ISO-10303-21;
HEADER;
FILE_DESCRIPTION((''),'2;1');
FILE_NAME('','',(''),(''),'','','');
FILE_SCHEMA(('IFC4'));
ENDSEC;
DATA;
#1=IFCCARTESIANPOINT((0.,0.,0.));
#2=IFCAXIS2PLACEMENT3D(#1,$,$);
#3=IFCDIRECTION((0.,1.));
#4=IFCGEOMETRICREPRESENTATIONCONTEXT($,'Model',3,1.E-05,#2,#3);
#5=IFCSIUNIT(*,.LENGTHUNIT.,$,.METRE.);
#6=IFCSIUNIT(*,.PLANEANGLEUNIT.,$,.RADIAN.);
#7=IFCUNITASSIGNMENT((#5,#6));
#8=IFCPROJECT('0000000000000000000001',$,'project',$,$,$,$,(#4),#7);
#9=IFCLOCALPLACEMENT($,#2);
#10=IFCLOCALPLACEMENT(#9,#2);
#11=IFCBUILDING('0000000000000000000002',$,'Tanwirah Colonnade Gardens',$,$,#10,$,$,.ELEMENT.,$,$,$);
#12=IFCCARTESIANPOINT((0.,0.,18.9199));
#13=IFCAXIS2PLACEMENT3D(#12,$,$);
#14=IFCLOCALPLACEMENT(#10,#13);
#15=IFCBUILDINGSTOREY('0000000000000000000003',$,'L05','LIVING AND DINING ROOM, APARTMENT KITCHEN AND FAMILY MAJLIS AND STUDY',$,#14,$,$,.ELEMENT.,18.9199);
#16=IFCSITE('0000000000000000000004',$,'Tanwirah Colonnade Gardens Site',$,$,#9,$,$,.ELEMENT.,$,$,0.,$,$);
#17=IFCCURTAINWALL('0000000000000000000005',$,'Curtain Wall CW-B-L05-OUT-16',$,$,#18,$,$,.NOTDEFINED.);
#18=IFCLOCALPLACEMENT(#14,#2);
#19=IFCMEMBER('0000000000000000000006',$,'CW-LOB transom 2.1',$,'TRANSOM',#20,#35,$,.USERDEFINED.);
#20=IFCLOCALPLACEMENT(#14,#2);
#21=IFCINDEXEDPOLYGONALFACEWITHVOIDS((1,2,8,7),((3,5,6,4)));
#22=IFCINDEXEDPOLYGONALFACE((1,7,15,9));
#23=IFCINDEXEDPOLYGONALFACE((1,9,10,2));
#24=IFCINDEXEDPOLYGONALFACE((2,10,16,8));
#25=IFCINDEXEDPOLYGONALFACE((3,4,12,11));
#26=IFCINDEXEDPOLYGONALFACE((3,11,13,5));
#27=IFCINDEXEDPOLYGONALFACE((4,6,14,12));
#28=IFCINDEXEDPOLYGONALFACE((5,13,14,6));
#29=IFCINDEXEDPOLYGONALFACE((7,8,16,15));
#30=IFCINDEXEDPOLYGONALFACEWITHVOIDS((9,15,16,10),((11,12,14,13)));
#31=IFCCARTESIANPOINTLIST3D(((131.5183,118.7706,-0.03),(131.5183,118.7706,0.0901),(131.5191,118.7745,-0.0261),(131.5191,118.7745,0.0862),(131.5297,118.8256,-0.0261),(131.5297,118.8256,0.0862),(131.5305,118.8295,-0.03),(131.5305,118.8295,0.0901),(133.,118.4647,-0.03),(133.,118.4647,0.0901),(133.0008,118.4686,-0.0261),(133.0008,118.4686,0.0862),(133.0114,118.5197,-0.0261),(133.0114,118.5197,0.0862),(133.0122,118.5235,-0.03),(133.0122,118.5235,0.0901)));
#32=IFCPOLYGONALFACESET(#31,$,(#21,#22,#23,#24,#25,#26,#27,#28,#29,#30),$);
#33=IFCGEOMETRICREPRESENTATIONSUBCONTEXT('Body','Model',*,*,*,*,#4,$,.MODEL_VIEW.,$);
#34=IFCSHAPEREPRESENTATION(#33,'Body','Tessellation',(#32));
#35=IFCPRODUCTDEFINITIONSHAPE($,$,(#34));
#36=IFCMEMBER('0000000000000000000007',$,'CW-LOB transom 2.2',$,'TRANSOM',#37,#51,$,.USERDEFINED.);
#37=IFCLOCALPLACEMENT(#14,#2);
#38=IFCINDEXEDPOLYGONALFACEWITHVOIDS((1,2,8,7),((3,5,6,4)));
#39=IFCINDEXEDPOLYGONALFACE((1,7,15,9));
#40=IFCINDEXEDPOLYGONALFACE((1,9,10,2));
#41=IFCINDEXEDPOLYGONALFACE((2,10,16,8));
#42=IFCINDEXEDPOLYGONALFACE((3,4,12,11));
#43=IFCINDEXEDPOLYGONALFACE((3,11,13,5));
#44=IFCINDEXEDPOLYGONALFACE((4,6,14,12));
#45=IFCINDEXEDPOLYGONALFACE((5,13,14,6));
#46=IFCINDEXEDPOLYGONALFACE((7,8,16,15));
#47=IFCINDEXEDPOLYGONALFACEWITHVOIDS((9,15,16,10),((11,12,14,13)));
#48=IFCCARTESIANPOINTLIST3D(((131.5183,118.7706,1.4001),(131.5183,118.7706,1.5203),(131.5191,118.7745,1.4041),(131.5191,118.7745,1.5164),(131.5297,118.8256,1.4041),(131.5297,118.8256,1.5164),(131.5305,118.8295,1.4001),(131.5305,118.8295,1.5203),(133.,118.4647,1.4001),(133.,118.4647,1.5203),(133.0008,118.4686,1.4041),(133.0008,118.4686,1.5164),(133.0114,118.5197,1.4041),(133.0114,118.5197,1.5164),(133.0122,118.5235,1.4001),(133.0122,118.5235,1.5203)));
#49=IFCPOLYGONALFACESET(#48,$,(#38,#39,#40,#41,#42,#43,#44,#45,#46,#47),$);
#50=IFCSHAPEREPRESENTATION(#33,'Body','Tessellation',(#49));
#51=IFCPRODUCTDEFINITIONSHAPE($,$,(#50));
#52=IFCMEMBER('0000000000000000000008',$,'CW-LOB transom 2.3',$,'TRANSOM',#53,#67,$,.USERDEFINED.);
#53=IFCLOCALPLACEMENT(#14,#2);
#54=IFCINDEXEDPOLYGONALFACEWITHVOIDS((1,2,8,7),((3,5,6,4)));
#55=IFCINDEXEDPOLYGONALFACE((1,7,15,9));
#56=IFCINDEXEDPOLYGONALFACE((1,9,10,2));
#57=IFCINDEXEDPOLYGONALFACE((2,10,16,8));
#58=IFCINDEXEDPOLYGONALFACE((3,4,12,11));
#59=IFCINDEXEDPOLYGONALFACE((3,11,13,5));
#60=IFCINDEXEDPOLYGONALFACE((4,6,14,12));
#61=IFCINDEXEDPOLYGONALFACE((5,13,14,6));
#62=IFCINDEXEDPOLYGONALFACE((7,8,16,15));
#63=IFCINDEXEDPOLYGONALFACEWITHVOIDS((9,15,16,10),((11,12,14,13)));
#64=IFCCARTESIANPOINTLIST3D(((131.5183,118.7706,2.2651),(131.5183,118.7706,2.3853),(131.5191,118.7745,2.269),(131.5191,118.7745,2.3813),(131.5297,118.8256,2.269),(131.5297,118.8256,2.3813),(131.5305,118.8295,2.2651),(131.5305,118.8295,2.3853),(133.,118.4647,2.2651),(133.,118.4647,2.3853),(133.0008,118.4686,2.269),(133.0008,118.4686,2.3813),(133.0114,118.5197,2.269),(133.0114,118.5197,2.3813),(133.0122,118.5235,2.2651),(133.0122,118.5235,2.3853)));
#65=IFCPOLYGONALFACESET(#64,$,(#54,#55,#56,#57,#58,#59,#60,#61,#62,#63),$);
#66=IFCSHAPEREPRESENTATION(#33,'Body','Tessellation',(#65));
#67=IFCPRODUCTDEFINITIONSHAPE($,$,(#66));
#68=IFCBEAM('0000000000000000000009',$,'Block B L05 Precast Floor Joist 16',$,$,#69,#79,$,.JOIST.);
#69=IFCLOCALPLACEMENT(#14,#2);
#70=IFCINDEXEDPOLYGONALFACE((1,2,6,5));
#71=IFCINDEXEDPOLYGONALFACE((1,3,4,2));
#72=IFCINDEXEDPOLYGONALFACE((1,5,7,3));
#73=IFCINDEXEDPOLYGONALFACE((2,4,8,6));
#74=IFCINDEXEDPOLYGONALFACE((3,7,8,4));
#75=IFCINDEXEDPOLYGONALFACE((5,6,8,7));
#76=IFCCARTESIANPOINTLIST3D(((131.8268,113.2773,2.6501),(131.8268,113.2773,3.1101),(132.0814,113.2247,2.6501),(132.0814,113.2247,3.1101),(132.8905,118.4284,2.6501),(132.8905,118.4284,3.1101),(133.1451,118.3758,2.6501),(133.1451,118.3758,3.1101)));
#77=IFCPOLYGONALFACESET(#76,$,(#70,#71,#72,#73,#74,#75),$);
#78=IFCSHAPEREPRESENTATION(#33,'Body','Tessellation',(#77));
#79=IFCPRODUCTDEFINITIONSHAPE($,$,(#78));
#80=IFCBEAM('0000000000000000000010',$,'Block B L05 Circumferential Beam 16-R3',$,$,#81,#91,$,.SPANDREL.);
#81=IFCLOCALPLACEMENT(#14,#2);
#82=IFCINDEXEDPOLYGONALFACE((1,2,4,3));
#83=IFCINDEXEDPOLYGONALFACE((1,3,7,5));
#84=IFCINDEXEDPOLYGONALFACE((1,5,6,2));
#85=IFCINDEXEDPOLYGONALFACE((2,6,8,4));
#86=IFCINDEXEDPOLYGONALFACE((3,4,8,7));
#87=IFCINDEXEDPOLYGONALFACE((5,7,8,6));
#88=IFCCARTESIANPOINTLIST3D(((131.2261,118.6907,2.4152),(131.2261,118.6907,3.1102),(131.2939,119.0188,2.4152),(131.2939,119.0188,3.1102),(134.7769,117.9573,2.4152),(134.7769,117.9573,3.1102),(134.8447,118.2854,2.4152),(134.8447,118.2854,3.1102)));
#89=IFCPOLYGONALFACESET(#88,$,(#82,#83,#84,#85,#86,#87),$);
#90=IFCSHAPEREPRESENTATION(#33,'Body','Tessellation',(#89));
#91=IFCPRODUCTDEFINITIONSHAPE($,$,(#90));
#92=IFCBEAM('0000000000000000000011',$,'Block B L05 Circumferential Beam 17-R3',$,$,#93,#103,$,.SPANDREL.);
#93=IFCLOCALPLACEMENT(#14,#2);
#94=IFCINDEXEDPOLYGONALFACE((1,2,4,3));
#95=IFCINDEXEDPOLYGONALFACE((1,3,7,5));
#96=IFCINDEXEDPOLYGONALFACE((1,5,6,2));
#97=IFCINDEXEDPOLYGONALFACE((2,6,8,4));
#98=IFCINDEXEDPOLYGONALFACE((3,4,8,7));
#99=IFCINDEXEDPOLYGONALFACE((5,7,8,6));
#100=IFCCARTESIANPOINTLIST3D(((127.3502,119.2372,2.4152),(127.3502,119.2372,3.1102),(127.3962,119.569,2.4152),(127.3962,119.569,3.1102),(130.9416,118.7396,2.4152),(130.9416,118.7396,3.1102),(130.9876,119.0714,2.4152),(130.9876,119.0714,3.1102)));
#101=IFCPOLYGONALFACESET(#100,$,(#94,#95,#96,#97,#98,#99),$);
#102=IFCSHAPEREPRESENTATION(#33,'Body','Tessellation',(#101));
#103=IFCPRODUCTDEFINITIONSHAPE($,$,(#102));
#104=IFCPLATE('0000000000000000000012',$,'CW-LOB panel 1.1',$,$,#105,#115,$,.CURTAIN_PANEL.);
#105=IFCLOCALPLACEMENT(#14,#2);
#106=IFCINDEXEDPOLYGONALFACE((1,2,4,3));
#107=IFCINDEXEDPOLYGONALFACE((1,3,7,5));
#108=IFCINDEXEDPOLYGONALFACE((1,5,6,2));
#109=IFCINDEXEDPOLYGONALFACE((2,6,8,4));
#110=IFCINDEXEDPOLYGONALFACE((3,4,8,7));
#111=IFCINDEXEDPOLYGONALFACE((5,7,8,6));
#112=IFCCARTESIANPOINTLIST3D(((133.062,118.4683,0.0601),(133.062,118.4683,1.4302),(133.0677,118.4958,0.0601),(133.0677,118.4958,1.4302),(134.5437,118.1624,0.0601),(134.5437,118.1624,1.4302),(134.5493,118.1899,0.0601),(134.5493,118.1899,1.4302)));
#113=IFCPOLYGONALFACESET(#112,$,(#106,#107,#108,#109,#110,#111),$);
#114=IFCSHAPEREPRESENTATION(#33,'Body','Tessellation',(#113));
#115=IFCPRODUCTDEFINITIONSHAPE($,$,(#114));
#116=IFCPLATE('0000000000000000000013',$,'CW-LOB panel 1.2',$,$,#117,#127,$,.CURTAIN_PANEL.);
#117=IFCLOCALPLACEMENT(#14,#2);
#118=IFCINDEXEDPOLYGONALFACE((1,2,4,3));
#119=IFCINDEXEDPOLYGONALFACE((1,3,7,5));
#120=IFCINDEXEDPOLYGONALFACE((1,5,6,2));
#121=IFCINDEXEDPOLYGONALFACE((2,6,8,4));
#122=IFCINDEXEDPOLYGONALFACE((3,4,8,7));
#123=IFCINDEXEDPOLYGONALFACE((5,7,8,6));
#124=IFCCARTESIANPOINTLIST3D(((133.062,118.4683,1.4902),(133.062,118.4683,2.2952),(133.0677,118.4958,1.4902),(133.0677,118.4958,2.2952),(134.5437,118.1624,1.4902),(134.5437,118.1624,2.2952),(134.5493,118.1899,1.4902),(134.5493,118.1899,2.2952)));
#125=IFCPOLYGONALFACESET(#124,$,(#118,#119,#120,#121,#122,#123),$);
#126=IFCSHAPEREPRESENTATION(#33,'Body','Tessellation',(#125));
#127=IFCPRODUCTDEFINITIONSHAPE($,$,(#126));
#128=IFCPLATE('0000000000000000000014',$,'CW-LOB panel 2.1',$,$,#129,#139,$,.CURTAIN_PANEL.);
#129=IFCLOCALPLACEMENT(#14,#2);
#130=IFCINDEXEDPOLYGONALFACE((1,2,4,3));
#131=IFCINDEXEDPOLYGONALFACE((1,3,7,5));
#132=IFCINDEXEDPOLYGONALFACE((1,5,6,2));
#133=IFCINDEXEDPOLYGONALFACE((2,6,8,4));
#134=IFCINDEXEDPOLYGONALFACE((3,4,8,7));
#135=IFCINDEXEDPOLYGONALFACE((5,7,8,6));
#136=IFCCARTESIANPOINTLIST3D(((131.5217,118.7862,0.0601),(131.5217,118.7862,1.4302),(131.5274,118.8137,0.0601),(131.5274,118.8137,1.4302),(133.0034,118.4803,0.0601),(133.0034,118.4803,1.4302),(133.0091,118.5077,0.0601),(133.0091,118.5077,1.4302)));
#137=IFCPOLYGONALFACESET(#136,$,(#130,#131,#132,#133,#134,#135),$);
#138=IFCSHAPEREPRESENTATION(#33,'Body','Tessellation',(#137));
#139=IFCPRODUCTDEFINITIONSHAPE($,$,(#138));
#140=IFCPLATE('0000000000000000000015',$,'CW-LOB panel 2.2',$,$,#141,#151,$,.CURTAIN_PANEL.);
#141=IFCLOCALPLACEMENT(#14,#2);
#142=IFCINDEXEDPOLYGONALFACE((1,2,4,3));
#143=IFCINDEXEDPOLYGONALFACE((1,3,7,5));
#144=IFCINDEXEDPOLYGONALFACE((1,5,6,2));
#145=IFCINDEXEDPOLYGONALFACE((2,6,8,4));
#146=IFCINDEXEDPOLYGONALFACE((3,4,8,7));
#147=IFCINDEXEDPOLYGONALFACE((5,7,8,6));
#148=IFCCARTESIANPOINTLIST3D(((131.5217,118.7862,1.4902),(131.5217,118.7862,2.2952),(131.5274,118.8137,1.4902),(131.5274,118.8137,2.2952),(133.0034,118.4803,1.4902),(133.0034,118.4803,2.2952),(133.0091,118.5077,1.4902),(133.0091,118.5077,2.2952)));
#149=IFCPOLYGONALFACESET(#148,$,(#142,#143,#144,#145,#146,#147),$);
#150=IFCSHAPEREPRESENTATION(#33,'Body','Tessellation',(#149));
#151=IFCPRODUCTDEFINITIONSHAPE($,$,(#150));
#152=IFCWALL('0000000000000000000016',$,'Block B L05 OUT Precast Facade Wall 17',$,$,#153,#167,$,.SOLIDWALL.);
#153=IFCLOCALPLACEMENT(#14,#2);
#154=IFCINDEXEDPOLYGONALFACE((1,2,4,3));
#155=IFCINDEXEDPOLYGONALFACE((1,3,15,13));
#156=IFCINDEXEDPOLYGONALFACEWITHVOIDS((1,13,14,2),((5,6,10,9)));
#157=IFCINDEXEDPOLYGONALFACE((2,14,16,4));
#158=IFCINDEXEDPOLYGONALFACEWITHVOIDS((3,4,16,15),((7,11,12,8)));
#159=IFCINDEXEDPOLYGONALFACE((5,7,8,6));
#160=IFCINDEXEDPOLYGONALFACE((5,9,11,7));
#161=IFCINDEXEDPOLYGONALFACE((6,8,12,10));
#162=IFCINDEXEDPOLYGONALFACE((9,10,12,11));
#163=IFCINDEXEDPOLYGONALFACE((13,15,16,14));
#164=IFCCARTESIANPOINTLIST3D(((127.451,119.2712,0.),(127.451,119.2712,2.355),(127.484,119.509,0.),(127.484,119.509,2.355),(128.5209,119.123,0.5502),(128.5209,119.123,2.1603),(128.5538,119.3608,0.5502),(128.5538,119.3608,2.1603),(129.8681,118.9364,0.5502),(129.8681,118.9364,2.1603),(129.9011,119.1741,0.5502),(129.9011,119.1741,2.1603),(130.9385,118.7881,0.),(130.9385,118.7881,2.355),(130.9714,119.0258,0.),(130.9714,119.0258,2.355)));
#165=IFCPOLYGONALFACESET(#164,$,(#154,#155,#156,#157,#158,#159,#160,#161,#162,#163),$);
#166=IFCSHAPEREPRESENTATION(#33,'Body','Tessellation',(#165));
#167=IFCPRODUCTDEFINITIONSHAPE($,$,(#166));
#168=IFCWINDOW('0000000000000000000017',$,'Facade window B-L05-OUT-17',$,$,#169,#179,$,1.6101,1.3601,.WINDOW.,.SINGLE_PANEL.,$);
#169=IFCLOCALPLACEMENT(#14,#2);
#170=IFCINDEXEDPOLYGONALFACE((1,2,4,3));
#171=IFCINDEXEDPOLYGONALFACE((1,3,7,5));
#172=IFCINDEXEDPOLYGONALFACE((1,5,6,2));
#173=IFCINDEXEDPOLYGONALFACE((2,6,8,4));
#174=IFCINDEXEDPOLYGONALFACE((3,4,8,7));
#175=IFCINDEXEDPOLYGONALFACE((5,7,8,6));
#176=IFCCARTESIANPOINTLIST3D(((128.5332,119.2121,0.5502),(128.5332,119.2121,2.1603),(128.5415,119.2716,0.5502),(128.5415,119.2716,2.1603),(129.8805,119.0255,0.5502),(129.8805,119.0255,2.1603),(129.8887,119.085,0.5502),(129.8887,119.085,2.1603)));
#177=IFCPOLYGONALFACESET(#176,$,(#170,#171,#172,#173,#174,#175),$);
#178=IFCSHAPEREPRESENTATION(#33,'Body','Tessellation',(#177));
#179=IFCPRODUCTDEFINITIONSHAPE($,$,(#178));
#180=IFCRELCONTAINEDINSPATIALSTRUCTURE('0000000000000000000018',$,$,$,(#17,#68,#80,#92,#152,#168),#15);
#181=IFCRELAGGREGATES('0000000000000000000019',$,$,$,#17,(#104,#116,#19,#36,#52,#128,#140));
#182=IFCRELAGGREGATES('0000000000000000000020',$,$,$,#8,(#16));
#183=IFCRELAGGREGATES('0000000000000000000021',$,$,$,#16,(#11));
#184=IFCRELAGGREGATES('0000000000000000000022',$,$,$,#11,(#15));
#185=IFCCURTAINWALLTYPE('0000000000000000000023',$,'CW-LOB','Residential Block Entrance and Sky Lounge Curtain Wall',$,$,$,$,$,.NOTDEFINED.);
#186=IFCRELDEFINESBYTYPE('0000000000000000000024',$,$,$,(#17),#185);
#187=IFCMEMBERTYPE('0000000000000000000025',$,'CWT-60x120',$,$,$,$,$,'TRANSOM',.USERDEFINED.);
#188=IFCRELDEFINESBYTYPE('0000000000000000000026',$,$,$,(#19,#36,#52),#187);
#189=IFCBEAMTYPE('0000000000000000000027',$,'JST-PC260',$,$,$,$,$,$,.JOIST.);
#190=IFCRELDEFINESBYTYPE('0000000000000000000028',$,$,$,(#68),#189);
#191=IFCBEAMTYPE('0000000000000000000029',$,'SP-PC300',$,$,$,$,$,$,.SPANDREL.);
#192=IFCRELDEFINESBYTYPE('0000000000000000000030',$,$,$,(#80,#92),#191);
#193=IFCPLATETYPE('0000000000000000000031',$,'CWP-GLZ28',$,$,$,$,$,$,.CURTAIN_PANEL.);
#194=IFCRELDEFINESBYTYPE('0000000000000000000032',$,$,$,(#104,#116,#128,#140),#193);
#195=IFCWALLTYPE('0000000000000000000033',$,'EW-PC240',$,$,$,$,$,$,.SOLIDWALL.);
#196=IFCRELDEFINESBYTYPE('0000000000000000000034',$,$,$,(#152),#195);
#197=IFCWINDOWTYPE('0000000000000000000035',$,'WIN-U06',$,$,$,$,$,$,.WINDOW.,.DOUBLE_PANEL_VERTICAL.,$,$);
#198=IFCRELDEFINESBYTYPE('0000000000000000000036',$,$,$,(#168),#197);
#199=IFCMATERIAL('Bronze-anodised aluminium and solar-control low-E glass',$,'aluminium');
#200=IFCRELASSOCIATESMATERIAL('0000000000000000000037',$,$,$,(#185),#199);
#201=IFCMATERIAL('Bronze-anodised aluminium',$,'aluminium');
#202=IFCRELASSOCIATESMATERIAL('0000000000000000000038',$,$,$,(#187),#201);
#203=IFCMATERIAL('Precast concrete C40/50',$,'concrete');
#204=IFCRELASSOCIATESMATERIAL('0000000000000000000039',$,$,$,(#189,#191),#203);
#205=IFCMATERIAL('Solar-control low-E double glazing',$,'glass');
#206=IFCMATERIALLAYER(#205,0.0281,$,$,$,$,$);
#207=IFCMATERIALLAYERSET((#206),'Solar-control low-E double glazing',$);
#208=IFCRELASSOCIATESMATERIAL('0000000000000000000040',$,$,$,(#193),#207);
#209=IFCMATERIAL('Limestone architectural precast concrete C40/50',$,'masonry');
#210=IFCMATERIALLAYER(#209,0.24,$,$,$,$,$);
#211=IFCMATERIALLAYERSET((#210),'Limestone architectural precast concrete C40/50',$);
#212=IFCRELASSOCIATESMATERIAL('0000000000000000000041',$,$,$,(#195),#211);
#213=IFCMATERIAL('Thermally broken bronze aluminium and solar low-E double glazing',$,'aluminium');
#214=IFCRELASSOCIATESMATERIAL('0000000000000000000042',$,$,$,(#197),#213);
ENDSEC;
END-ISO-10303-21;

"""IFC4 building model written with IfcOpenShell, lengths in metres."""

from ifc_helpers import new_model, si_unit, direction, frame, frame_2d, origin, origin_2d, place, context, subcontext, project, spatial, rectangle, hollow_rectangle, extrude, material, layer, layer_set, material_profile, profile_set, type_object, element, fill, aggregate, save


model = new_model("IFC4")

# Units and contexts
model_context = context("Model", 3, precision=1e-05, world=origin(), true_north=direction((0.0, 1.0)))
body_context = subcontext(model_context, "Body", "Model", "MODEL_VIEW")
ifc_project = project(units=[si_unit("LENGTHUNIT", "METRE"), si_unit("PLANEANGLEUNIT", "RADIAN")], contexts=[model_context])

# Site, building, storey
site_placement = place(None, origin())
site = spatial("IfcSite", under=ifc_project, at=site_placement, Name="Tanwirah Colonnade Gardens Site", CompositionType="ELEMENT", RefElevation=0.0)
building_placement = place(site_placement, origin())
building = spatial("IfcBuilding", under=site, at=building_placement, Name="Tanwirah Colonnade Gardens", CompositionType="ELEMENT")
storey_placement = place(building_placement, frame((0.0, 0.0, 18.9199)))
storey = spatial("IfcBuildingStorey", under=building, at=storey_placement, Name="L05", Description="LIVING AND DINING ROOM, APARTMENT KITCHEN AND FAMILY MAJLIS AND STUDY", CompositionType="ELEMENT", Elevation=18.9199)

# Shared definitions
ifc_material_1 = material(Name="Precast concrete C40/50", Category="concrete")

# Curtain wall, members
ifc_material_2 = material(Name="Bronze-anodised aluminium and solar-control low-E glass", Category="aluminium")
curtain_wall_type = type_object("IfcCurtainWallType", Name="CW-LOB", Description="Residential Block Entrance and Sky Lounge Curtain Wall", PredefinedType="NOTDEFINED", material=ifc_material_2)
curtain_wall_placement = place(storey_placement, origin())
curtain_wall = element("IfcCurtainWall", 1, at=curtain_wall_placement, inside=storey, type_object=curtain_wall_type, Name="Curtain Wall CW-B-L05-OUT-16", PredefinedType="NOTDEFINED")
ifc_material_3 = material(Name="Bronze-anodised aluminium", Category="aluminium")
ifc_material_profile_1 = material_profile(ifc_material_3, hollow_rectangle(XDim=0.0601, YDim=0.1201, WallThickness=0.0039, at=origin_2d()), Name="CW-TRN 60x120x4")
ifc_profile_set_1 = profile_set([ifc_material_profile_1], Name="Bronze-anodised aluminium")
member_type_1 = type_object("IfcMemberType", Name="CWT-60x120", ElementType="TRANSOM", PredefinedType="USERDEFINED", material=ifc_profile_set_1)
member_1_placement = place(storey_placement, frame((133.0061, 118.4941, 0.03), z_axis=(-0.979345, 0.202195, 0.0), x_axis=(-0.202195, -0.979345, 0.0)))
member_1 = element("IfcMember", 2, at=member_1_placement, type_object=member_type_1, Name="CW-LOB transom 2.1", ObjectType="TRANSOM", PredefinedType="USERDEFINED", context=body_context, shape_type="SweptSolid", body=[
    extrude(hollow_rectangle(XDim=0.0601, YDim=0.1201, WallThickness=0.0039, at=origin_2d()), origin(), (0.0, 0.0, 1.0), 1.5129),
])
member_2_placement = place(storey_placement, frame((133.0061, 118.4941, 1.4602), z_axis=(-0.979345, 0.202195, 0.0), x_axis=(-0.202195, -0.979345, 0.0)))
member_2 = element("IfcMember", 3, at=member_2_placement, type_object=member_type_1, Name="CW-LOB transom 2.2", ObjectType="TRANSOM", PredefinedType="USERDEFINED", context=body_context, shape_type="SweptSolid", body=[
    extrude(hollow_rectangle(XDim=0.0601, YDim=0.1201, WallThickness=0.0039, at=origin_2d()), origin(), (0.0, 0.0, 1.0), 1.5129),
])
member_3_placement = place(storey_placement, frame((133.0061, 118.4941, 2.3252), z_axis=(-0.979345, 0.202195, 0.0), x_axis=(-0.202195, -0.979345, 0.0)))
member_3 = element("IfcMember", 4, at=member_3_placement, type_object=member_type_1, Name="CW-LOB transom 2.3", ObjectType="TRANSOM", PredefinedType="USERDEFINED", context=body_context, shape_type="SweptSolid", body=[
    extrude(hollow_rectangle(XDim=0.0601, YDim=0.1201, WallThickness=0.0039, at=origin_2d()), origin(), (0.0, 0.0, 1.0), 1.5129),
])

# Beams
ifc_material_profile_2 = material_profile(ifc_material_1, rectangle(XDim=0.26, YDim=0.46, at=origin_2d()), Name="PC-JST 260x460")
ifc_profile_set_2 = profile_set([ifc_material_profile_2], Name="Precast concrete C40/50")
beam_type_1 = type_object("IfcBeamType", Name="JST-PC260", PredefinedType="JOIST", material=ifc_profile_set_2)
beam_1_placement = place(storey_placement, frame((131.9541, 113.251, 2.8801), z_axis=(0.202236, 0.979337, 0.0), x_axis=(-0.979337, 0.202236, 0.0)))
element("IfcBeam", 5, at=beam_1_placement, inside=storey, type_object=beam_type_1, Name="Block B L05 Precast Floor Joist 16", PredefinedType="JOIST", context=body_context, shape_type="SweptSolid", body=[
    extrude(rectangle(XDim=0.26, YDim=0.46, at=origin_2d()), origin(), (0.0, 0.0, 1.0), 5.2598),
])
ifc_material_profile_3 = material_profile(ifc_material_1, rectangle(XDim=0.335, YDim=0.6951, at=origin_2d()), Name="PC-SP 335x695")
ifc_profile_set_3 = profile_set([ifc_material_profile_3], Name="Precast concrete C40/50")
beam_type_2 = type_object("IfcBeamType", Name="SP-PC300", PredefinedType="SPANDREL", material=ifc_profile_set_3)
for number, where, z_axis, x_axis, name in (
    (6, (134.8108, 118.1213, 2.7627), (-0.979329, 0.202276, 0.0), (-0.202276, -0.979329, 0.0), "Block B L05 Circumferential Beam 16-R3"),
    (7, (130.9646, 118.9055, 2.7627), (-0.990539, 0.137234, 0.0), (-0.137234, -0.990539, 0.0), "Block B L05 Circumferential Beam 17-R3"),
):
    element("IfcBeam", number, at=place(storey_placement, frame(where, z_axis=z_axis, x_axis=x_axis)), inside=storey, type_object=beam_type_2, Name=name, PredefinedType="SPANDREL", context=body_context, shape_type="SweptSolid", body=[
        extrude(rectangle(XDim=0.335, YDim=0.6951, at=origin_2d()), origin(), (0.0, 0.0, 1.0), 3.6257),
    ])

# Plates
ifc_material_4 = material(Name="Solar-control low-E double glazing", Category="glass")
ifc_layer_1 = layer(ifc_material_4, 0.0281)
ifc_layer_set_1 = layer_set([ifc_layer_1], Name="Solar-control low-E double glazing")
plate_type = type_object("IfcPlateType", Name="CWP-GLZ28", PredefinedType="CURTAIN_PANEL", material=ifc_layer_set_1)
plate_1_placement = place(storey_placement, frame((133.8057, 118.3291, 0.0601), z_axis=(0.0, 0.0, 1.0), x_axis=(-0.979341, 0.202218, 0.0)))
plate_1 = element("IfcPlate", 8, at=plate_1_placement, type_object=plate_type, Name="CW-LOB panel 1.1", PredefinedType="CURTAIN_PANEL", context=body_context, shape_type="SweptSolid", body=[
    extrude(rectangle(XDim=1.5129, YDim=0.0281, at=origin_2d()), origin(), (0.0, 0.0, 1.0), 1.3701),
])
plate_2_placement = place(storey_placement, frame((133.8057, 118.3291, 1.4902), z_axis=(0.0, 0.0, 1.0), x_axis=(-0.979341, 0.202218, 0.0)))
plate_2 = element("IfcPlate", 9, at=plate_2_placement, type_object=plate_type, Name="CW-LOB panel 1.2", PredefinedType="CURTAIN_PANEL", context=body_context, shape_type="SweptSolid", body=[
    extrude(rectangle(XDim=1.5129, YDim=0.0281, at=origin_2d()), origin(), (0.0, 0.0, 1.0), 0.8049),
])
plate_3_placement = place(storey_placement, frame((132.2654, 118.647, 0.0601), z_axis=(0.0, 0.0, 1.0), x_axis=(-0.979341, 0.202218, 0.0)))
plate_3 = element("IfcPlate", 10, at=plate_3_placement, type_object=plate_type, Name="CW-LOB panel 2.1", PredefinedType="CURTAIN_PANEL", context=body_context, shape_type="SweptSolid", body=[
    extrude(rectangle(XDim=1.5129, YDim=0.0281, at=origin_2d()), origin(), (0.0, 0.0, 1.0), 1.3701),
])
plate_4_placement = place(storey_placement, frame((132.2654, 118.647, 1.4902), z_axis=(0.0, 0.0, 1.0), x_axis=(-0.979341, 0.202218, 0.0)))
plate_4 = element("IfcPlate", 11, at=plate_4_placement, type_object=plate_type, Name="CW-LOB panel 2.2", PredefinedType="CURTAIN_PANEL", context=body_context, shape_type="SweptSolid", body=[
    extrude(rectangle(XDim=1.5129, YDim=0.0281, at=origin_2d()), origin(), (0.0, 0.0, 1.0), 0.8049),
])
aggregate(curtain_wall, [plate_1, plate_2, member_1, member_2, member_3, plate_3, plate_4])

# Wall, opening, window
ifc_material_5 = material(Name="Limestone architectural precast concrete C40/50", Category="masonry")
ifc_layer_2 = layer(ifc_material_5, 0.24)
ifc_layer_set_2 = layer_set([ifc_layer_2], Name="Limestone architectural precast concrete C40/50")
wall_type_1 = type_object("IfcWallType", Name="EW-PC240", PredefinedType="SOLIDWALL", material=ifc_layer_set_2)
wall_1_placement = place(storey_placement, frame((130.9548, 118.907, 0.0), z_axis=(0.0, 0.0, 1.0), x_axis=(-0.99054, 0.137226, 0.0)))
wall_1 = element("IfcWall", 12, at=wall_1_placement, inside=storey, type_object=wall_type_1, Name="Block B L05 OUT Precast Facade Wall 17", PredefinedType="SOLIDWALL", context=body_context, shape_type="SweptSolid", body=[
    extrude(rectangle(XDim=3.5208, YDim=0.24, at=frame_2d((1.7603, 0.0))), origin(), (0.0, 0.0, 1.0), 2.355),
])
opening_1_placement = place(wall_1_placement, frame((1.0803, 0.0, 0.55)))
opening_1 = element("IfcOpeningElement", 13, at=opening_1_placement, cuts=wall_1, PredefinedType="OPENING", context=body_context, shape_type="SweptSolid", body=[
    extrude(rectangle(XDim=1.3601, YDim=1.6101, at=frame_2d((0.6802, 0.8052))), frame((0.0, 0.1299, 0.0), z_axis=(0.0, -1.0, 0.0), x_axis=(1.0, 0.0, 0.0)), (0.0, 0.0, 1.0), 0.26),
])
ifc_material_6 = material(Name="Thermally broken bronze aluminium and solar low-E double glazing", Category="aluminium")
window_type = type_object("IfcWindowType", Name="WIN-U06", PartitioningType="DOUBLE_PANEL_VERTICAL", PredefinedType="WINDOW", material=ifc_material_6)
window_placement = place(opening_1_placement, origin())
window = element("IfcWindow", 14, at=window_placement, inside=storey, type_object=window_type, Name="Facade window B-L05-OUT-17", OverallHeight=1.6101, OverallWidth=1.3601, PartitioningType="SINGLE_PANEL", PredefinedType="WINDOW", context=body_context, shape_type="SweptSolid", body=[
    extrude(rectangle(XDim=1.3601, YDim=1.6101, at=frame_2d((0.6802, 0.8052))), frame((0.0, 0.03, 0.0), z_axis=(0.0, -1.0, 0.0), x_axis=(1.0, 0.0, 0.0)), (0.0, 0.0, 1.0), 0.0601),
])
fill(opening_1, window)

save(model, "model.ifc")
